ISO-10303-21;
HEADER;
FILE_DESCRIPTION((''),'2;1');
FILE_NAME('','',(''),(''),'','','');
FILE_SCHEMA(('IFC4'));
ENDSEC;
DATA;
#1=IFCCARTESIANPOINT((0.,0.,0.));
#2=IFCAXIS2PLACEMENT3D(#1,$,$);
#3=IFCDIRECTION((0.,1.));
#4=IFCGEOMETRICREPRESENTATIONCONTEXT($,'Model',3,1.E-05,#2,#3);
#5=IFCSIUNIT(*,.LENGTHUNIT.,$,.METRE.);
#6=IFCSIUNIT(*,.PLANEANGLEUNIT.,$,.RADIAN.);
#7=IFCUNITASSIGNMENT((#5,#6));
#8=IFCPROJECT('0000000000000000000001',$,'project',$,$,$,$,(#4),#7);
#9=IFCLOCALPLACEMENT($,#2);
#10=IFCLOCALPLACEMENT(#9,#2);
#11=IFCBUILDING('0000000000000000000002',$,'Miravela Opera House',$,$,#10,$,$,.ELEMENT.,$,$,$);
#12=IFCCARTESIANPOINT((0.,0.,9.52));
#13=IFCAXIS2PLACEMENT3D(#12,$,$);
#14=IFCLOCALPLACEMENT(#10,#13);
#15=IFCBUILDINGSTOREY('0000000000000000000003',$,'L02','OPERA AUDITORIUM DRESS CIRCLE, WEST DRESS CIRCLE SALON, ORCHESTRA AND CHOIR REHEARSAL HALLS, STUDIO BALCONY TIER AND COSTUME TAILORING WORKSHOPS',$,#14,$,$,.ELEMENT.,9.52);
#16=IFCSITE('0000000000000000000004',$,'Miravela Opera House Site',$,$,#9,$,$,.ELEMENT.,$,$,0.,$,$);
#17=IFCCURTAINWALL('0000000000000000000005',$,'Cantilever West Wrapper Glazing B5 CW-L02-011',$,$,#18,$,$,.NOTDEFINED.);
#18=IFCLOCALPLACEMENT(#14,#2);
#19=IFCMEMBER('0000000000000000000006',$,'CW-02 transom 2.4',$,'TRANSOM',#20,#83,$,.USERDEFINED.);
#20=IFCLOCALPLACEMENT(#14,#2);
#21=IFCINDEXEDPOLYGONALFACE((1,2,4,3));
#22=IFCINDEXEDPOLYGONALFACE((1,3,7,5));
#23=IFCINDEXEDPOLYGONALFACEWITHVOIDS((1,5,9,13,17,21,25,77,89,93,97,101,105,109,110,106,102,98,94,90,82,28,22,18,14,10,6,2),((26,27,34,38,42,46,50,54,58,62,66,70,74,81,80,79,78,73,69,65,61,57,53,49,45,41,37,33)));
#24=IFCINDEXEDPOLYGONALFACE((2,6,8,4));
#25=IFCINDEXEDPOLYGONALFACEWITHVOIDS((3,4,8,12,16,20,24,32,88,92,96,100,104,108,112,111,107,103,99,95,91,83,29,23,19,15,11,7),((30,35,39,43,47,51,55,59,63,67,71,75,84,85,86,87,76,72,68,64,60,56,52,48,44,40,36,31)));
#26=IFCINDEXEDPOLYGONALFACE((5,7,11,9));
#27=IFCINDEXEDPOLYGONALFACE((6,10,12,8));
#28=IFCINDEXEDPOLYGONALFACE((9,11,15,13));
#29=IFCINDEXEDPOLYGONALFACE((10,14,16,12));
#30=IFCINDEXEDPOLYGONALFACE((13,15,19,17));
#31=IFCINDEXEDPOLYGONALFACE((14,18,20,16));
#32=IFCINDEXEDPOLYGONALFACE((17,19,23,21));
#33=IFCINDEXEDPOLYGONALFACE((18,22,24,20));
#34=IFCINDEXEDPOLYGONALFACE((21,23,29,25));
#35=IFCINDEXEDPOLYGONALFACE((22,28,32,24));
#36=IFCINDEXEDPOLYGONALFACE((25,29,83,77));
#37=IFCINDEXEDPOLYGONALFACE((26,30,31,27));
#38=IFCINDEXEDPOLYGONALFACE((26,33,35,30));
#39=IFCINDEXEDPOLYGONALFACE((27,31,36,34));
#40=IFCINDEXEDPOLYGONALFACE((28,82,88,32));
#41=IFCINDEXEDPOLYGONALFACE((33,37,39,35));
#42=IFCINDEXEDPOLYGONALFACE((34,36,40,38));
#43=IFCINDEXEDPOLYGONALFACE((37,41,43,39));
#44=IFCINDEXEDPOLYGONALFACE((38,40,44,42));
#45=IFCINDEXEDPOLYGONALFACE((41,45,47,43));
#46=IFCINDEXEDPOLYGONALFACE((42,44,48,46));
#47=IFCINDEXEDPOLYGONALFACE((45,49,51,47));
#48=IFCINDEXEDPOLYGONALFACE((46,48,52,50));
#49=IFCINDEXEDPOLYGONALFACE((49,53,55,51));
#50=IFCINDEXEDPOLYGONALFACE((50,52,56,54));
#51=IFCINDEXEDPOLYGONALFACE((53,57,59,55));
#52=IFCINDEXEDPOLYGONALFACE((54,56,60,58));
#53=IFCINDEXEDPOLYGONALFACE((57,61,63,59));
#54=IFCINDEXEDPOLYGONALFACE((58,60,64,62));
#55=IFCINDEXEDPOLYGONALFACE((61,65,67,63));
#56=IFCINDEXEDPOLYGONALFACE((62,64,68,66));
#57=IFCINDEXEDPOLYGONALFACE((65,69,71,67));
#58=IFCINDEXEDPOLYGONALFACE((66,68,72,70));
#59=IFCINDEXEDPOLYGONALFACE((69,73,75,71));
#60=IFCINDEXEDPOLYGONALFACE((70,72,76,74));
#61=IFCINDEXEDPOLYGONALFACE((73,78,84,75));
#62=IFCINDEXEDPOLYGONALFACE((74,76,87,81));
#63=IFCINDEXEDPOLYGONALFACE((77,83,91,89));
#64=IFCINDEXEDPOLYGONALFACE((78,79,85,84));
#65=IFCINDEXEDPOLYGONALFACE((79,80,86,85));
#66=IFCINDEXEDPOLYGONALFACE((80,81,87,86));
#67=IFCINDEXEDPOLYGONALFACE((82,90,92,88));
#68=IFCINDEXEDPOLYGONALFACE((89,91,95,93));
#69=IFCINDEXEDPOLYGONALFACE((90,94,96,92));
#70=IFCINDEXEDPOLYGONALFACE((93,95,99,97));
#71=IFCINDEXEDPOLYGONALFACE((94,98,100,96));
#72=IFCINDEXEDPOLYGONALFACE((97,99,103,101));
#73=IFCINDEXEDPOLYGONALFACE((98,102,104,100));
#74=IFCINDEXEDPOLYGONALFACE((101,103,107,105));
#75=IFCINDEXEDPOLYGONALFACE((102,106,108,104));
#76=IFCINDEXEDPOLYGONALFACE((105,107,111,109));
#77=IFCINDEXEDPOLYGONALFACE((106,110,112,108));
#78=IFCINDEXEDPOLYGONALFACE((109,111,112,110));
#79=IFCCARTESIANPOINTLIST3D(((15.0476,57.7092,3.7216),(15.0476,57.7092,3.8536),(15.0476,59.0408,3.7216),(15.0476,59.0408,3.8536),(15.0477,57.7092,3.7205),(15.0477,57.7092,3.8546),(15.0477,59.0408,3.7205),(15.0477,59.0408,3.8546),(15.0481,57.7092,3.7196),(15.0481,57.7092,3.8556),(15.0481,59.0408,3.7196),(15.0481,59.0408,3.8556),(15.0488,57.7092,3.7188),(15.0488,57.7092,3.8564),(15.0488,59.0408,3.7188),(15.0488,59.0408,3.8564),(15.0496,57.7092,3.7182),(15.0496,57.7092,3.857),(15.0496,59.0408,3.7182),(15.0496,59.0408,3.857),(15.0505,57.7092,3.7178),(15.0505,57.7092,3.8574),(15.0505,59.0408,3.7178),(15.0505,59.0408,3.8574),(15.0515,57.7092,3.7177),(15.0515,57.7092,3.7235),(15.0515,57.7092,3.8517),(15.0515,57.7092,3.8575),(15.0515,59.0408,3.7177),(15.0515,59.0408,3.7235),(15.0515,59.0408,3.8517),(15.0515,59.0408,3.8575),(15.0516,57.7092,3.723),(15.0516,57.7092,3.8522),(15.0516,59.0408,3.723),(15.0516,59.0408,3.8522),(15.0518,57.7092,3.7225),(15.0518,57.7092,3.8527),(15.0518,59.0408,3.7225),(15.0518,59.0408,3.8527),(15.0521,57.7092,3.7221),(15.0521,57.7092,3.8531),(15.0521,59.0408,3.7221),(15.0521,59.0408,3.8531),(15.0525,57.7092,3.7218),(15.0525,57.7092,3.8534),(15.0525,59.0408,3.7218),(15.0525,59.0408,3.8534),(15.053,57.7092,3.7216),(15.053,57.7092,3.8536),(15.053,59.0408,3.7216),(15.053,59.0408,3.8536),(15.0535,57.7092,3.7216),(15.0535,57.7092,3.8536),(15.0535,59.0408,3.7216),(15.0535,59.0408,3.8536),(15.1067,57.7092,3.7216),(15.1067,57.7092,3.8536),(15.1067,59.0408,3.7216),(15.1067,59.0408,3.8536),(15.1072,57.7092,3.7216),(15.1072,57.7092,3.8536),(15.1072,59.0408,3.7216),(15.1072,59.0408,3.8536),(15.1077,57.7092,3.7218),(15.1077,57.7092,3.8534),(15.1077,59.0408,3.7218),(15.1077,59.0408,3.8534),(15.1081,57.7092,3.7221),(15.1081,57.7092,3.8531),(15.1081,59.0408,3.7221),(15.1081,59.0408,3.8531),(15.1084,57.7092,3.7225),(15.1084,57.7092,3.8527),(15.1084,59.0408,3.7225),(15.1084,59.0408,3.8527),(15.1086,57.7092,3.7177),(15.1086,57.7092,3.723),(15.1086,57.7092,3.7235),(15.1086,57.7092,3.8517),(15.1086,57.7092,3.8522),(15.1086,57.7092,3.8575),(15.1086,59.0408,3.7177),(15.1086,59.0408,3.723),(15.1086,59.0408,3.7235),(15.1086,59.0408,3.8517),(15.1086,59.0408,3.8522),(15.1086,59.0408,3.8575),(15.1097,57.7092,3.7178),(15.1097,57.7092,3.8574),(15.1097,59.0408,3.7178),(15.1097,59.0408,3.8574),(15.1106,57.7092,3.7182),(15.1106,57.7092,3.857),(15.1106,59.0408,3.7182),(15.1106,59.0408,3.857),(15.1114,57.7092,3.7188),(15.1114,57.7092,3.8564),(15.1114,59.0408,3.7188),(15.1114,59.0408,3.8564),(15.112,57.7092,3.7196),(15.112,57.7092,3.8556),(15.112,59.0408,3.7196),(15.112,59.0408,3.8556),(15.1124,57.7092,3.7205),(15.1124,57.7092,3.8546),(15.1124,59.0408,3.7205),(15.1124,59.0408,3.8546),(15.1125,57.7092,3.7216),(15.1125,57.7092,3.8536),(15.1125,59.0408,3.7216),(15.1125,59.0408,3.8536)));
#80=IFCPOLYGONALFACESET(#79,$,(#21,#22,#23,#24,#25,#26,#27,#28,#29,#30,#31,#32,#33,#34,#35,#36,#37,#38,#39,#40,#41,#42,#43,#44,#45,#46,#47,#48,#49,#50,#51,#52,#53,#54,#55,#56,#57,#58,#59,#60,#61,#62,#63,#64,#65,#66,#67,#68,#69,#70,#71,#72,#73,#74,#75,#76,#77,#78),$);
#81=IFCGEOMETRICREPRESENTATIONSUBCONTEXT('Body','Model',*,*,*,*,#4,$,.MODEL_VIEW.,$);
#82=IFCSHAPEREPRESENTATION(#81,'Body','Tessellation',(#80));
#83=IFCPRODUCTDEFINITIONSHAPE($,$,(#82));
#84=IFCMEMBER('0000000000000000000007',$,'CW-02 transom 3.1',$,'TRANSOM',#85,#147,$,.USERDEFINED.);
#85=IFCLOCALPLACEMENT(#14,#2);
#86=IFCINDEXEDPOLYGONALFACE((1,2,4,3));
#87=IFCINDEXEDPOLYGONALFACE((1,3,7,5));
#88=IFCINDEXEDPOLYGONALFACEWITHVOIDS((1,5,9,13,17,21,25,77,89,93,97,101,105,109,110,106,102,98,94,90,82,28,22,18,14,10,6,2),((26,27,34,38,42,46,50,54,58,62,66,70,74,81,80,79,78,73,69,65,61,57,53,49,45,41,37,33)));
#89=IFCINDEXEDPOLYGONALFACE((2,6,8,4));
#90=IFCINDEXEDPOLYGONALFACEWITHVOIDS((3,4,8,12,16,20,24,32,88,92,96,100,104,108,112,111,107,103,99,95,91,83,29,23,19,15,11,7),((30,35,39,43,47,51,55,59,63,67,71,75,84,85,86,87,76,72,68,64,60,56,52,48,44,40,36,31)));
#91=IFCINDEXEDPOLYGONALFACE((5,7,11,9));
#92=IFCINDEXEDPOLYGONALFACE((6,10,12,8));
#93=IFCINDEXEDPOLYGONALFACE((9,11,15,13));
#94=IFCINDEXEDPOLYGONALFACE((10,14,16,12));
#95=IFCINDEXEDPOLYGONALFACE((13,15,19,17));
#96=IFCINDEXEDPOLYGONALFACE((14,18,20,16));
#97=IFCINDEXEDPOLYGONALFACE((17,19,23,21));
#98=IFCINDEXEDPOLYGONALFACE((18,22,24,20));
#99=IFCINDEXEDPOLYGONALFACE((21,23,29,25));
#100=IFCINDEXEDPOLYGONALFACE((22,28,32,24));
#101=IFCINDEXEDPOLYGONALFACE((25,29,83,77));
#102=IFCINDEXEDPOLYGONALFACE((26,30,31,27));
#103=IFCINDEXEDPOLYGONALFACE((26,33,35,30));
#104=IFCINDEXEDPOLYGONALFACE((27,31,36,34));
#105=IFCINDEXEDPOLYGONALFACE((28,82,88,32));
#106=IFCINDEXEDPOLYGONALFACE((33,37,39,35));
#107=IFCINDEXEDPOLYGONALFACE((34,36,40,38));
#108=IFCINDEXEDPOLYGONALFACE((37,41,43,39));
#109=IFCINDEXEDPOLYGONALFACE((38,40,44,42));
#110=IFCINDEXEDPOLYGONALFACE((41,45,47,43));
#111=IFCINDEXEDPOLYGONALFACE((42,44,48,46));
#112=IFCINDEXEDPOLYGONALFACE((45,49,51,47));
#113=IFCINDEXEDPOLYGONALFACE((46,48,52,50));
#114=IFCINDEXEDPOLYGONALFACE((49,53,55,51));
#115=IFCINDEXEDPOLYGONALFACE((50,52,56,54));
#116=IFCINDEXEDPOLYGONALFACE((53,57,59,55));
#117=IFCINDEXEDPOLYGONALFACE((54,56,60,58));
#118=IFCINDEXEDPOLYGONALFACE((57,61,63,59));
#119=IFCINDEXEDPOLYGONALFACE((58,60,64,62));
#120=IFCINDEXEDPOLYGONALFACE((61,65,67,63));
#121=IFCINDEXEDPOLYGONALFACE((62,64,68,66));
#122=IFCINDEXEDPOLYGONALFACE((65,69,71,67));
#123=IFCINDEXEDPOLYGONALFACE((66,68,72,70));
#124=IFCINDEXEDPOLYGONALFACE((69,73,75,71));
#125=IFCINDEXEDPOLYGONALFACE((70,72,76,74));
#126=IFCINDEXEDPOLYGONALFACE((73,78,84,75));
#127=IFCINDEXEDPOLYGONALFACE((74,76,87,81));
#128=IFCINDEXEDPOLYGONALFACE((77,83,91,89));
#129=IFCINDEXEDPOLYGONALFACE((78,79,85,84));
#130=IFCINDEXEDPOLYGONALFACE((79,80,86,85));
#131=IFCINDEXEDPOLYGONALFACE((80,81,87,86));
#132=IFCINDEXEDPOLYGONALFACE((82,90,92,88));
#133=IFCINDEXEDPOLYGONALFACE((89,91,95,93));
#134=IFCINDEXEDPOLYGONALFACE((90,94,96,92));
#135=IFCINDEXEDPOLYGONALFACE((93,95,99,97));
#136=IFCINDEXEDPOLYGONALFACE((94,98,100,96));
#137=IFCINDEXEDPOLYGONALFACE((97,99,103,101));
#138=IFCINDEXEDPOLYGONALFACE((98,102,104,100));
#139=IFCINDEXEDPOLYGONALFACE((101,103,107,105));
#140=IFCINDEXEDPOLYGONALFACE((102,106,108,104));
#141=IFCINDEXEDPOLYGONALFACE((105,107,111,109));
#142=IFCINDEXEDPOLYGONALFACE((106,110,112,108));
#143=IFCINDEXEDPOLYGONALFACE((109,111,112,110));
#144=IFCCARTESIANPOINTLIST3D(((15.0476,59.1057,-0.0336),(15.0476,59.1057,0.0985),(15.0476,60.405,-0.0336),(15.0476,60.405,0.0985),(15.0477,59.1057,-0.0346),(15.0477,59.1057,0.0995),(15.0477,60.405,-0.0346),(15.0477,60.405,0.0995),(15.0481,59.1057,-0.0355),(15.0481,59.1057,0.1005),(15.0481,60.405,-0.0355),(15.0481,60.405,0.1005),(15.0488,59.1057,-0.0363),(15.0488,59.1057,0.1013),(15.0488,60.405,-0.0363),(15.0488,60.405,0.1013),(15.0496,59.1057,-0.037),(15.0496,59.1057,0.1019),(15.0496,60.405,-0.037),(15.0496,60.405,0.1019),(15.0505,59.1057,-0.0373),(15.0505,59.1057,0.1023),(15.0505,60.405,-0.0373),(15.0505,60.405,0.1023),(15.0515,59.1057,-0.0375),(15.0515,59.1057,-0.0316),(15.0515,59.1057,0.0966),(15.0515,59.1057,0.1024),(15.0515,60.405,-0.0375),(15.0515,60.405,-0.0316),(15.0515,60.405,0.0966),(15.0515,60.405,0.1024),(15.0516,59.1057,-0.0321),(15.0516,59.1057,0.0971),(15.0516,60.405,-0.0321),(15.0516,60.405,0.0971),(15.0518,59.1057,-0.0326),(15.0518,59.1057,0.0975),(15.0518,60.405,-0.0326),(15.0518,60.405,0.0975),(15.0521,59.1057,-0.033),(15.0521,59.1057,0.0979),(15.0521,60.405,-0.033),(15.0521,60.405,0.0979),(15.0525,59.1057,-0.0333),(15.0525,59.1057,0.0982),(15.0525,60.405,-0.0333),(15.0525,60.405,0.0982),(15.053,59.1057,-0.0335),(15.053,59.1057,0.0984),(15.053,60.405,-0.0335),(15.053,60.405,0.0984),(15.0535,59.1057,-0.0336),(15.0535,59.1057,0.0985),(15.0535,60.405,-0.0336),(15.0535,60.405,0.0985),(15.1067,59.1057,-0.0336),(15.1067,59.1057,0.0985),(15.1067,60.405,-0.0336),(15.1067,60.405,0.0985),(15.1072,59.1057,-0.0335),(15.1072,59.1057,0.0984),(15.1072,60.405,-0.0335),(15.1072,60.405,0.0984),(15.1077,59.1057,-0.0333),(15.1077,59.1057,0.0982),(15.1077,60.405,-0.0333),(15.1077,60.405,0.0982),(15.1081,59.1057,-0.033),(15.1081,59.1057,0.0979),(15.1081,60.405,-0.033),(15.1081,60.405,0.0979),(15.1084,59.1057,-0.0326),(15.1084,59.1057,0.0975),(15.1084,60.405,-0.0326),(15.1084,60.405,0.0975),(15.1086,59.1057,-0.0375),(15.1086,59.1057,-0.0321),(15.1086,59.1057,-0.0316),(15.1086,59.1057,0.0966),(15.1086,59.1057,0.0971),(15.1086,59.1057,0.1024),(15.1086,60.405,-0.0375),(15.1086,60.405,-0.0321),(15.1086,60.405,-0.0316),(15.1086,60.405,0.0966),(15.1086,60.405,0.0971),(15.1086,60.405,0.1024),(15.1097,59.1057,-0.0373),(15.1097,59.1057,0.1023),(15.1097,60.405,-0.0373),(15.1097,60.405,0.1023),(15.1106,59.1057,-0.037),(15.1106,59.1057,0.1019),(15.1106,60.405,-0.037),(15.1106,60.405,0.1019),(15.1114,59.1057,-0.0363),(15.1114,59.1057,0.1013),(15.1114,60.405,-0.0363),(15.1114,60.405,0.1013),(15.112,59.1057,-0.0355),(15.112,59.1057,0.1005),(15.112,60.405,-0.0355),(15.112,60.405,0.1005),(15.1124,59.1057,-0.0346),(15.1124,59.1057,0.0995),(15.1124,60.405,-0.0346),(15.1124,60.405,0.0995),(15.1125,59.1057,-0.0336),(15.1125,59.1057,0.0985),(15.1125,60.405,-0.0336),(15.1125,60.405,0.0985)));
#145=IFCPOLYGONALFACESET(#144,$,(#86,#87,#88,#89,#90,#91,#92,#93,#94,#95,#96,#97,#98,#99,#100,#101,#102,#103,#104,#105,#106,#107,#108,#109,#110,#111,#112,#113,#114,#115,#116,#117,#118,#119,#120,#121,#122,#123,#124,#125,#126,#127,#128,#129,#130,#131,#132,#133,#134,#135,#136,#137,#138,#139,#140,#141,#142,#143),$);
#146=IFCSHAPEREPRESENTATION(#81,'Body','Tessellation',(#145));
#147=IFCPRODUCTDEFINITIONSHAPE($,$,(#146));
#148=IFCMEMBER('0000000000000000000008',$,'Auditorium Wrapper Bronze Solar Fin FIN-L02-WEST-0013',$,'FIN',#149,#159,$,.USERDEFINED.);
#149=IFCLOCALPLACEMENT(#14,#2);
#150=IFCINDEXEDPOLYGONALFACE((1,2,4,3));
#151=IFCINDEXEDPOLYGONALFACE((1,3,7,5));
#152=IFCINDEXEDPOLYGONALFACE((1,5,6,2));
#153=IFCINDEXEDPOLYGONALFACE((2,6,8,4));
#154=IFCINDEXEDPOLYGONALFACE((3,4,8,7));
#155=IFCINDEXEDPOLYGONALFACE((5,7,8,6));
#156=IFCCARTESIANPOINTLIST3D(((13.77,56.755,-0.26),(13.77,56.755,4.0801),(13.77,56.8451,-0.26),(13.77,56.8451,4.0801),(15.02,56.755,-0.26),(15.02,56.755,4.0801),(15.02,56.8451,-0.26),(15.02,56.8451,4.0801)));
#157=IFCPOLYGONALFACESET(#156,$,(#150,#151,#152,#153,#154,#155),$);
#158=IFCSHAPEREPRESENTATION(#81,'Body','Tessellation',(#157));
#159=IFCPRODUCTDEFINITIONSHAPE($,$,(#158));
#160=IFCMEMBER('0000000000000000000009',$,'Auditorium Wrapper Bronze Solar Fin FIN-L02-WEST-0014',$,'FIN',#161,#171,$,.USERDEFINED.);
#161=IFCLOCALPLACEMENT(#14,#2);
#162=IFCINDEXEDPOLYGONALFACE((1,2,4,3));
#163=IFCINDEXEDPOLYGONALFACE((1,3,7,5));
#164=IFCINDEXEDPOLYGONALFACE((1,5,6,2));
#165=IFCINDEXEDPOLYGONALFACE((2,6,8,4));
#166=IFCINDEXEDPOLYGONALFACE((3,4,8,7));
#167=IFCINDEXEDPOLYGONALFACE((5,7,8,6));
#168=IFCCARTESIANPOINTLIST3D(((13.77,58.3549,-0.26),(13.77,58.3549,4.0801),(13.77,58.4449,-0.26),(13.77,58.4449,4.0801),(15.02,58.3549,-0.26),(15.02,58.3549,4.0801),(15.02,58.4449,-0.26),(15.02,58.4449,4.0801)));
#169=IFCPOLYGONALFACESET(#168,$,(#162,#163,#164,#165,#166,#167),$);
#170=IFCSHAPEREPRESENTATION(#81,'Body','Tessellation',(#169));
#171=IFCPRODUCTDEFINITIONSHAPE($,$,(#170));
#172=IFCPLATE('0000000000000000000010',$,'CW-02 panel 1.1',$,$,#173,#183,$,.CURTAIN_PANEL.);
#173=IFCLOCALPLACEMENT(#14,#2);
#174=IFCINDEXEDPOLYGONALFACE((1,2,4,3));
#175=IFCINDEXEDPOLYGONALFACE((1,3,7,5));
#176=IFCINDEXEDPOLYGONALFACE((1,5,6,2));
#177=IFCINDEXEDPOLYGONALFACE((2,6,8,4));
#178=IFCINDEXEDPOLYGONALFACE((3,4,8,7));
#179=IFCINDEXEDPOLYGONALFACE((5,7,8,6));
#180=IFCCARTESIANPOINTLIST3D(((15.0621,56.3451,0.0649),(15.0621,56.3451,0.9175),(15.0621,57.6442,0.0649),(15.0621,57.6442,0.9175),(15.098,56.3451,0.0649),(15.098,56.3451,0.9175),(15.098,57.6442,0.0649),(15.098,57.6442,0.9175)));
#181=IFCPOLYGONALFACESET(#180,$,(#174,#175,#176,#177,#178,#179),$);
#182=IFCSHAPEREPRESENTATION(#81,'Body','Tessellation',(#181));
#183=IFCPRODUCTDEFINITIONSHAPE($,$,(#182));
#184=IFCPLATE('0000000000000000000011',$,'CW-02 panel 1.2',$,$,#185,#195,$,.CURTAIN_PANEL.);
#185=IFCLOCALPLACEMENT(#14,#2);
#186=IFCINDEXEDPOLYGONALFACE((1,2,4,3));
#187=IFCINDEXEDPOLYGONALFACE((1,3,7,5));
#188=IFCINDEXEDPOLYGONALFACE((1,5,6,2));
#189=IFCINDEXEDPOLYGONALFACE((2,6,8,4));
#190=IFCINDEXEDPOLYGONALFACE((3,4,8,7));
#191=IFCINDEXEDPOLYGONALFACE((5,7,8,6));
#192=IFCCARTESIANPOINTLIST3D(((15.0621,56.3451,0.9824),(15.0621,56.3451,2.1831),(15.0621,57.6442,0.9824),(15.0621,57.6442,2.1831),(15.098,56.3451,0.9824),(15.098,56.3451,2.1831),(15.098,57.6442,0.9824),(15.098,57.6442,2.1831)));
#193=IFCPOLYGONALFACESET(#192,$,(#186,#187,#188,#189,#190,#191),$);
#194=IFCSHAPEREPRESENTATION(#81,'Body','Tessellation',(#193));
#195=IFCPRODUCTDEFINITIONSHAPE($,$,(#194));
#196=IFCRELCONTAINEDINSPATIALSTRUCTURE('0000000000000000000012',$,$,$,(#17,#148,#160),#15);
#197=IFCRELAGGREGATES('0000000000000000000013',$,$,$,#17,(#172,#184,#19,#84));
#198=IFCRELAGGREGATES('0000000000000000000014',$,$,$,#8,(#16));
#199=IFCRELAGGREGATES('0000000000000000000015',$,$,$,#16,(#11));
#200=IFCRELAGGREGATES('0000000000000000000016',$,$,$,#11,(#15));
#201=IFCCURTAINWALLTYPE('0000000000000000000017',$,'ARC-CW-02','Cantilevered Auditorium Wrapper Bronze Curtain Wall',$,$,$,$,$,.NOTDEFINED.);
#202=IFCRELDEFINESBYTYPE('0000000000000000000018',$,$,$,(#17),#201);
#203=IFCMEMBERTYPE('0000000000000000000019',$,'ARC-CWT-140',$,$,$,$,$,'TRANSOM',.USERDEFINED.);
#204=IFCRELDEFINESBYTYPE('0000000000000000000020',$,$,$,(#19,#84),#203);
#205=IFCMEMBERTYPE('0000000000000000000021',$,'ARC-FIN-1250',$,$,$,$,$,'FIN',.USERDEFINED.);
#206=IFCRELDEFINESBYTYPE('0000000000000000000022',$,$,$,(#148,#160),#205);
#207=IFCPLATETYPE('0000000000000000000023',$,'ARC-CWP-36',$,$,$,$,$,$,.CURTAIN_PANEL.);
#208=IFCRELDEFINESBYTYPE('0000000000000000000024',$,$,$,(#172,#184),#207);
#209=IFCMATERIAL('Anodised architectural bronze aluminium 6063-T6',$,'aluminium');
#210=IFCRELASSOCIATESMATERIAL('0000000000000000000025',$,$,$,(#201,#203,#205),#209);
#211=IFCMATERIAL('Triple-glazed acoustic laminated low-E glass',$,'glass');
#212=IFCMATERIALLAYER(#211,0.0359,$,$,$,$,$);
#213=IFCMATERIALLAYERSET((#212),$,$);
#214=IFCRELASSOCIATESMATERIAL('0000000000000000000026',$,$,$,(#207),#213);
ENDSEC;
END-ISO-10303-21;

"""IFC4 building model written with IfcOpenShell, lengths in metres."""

from ifc_helpers import new_model, si_unit, direction, frame, origin, origin_2d, place, context, subcontext, project, spatial, rectangle, hollow_rectangle, extrude, material, layer, layer_set, material_profile, profile_set, type_object, element, aggregate, save


model = new_model("IFC4")

# Units and contexts
model_context = context("Model", 3, precision=1e-05, world=origin(), true_north=direction((0.0, 1.0)))
body_context = subcontext(model_context, "Body", "Model", "MODEL_VIEW")
ifc_project = project(units=[si_unit("LENGTHUNIT", "METRE"), si_unit("PLANEANGLEUNIT", "RADIAN")], contexts=[model_context])

# Site, building, storey
site_placement = place(None, origin())
site = spatial("IfcSite", under=ifc_project, at=site_placement, Name="Miravela Opera House Site", CompositionType="ELEMENT", RefElevation=0.0)
building_placement = place(site_placement, origin())
building = spatial("IfcBuilding", under=site, at=building_placement, Name="Miravela Opera House", CompositionType="ELEMENT")
storey_placement = place(building_placement, frame((0.0, 0.0, 9.52)))
storey = spatial("IfcBuildingStorey", under=building, at=storey_placement, Name="L02", Description="OPERA AUDITORIUM DRESS CIRCLE, WEST DRESS CIRCLE SALON, ORCHESTRA AND CHOIR REHEARSAL HALLS, STUDIO BALCONY TIER AND COSTUME TAILORING WORKSHOPS", CompositionType="ELEMENT", Elevation=9.52)

# Curtain wall, members
ifc_material_1 = material(Name="Anodised architectural bronze aluminium 6063-T6", Category="aluminium")
curtain_wall_type = type_object("IfcCurtainWallType", Name="ARC-CW-02", Description="Cantilevered Auditorium Wrapper Bronze Curtain Wall", PredefinedType="NOTDEFINED", material=ifc_material_1)
curtain_wall_placement = place(storey_placement, origin())
curtain_wall = element("IfcCurtainWall", 1, at=curtain_wall_placement, inside=storey, type_object=curtain_wall_type, Name="Cantilever West Wrapper Glazing B5 CW-L02-011", PredefinedType="NOTDEFINED")
ifc_material_profile_1 = material_profile(ifc_material_1, hollow_rectangle(XDim=0.0649, YDim=0.1399, WallThickness=0.0039, InnerFilletRadius=0.002, OuterFilletRadius=0.0039, at=origin_2d()), Name="CWT-65X140")
ifc_profile_set_1 = profile_set([ifc_material_profile_1])
member_type_1 = type_object("IfcMemberType", Name="ARC-CWT-140", ElementType="TRANSOM", PredefinedType="USERDEFINED", material=ifc_profile_set_1)
member_1_placement = place(storey_placement, frame((15.0801, 57.7092, 3.7876), z_axis=(0.0, 1.0, 0.0), x_axis=(-1.0, 0.0, 0.0)))
member_1 = element("IfcMember", 2, at=member_1_placement, type_object=member_type_1, Name="CW-02 transom 2.4", ObjectType="TRANSOM", PredefinedType="USERDEFINED", context=body_context, shape_type="SweptSolid", body=[
    extrude(hollow_rectangle(XDim=0.0649, YDim=0.1399, WallThickness=0.0039, InnerFilletRadius=0.002, OuterFilletRadius=0.0039, at=origin_2d()), origin(), (0.0, 0.0, 1.0), 1.3315),
])
member_2_placement = place(storey_placement, frame((15.0801, 59.1057, 0.0325), z_axis=(0.0, 1.0, 0.0), x_axis=(-1.0, 0.0, 0.0)))
member_2 = element("IfcMember", 3, at=member_2_placement, type_object=member_type_1, Name="CW-02 transom 3.1", ObjectType="TRANSOM", PredefinedType="USERDEFINED", context=body_context, shape_type="SweptSolid", body=[
    extrude(hollow_rectangle(XDim=0.0649, YDim=0.1399, WallThickness=0.0039, InnerFilletRadius=0.002, OuterFilletRadius=0.0039, at=origin_2d()), origin(), (0.0, 0.0, 1.0), 1.2993),
])

# Members
ifc_material_profile_2 = material_profile(ifc_material_1, rectangle(XDim=0.0901, YDim=1.25, at=origin_2d()), Name="FIN-1250X90")
ifc_profile_set_2 = profile_set([ifc_material_profile_2])
member_type_2 = type_object("IfcMemberType", Name="ARC-FIN-1250", ElementType="FIN", PredefinedType="USERDEFINED", material=ifc_profile_set_2)
for number, where, z_axis, x_axis, name in (
    (4, (14.395, 56.8, -0.26), (0.0, 0.0, 1.0), (0.0, 1.0, 0.0), "Auditorium Wrapper Bronze Solar Fin FIN-L02-WEST-0013"),
    (5, (14.395, 58.3999, -0.26), (0.0, 0.0, 1.0), (0.0, 1.0, 0.0), "Auditorium Wrapper Bronze Solar Fin FIN-L02-WEST-0014"),
):
    element("IfcMember", number, at=place(storey_placement, frame(where, z_axis=z_axis, x_axis=x_axis)), inside=storey, type_object=member_type_2, Name=name, ObjectType="FIN", PredefinedType="USERDEFINED", context=body_context, shape_type="SweptSolid", body=[
        extrude(rectangle(XDim=0.0901, YDim=1.25, at=origin_2d()), origin(), (0.0, 0.0, 1.0), 4.3401),
    ])

# Plates
ifc_material_2 = material(Name="Triple-glazed acoustic laminated low-E glass", Category="glass")
ifc_layer = layer(ifc_material_2, 0.0359)
ifc_layer_set = layer_set([ifc_layer])
plate_type = type_object("IfcPlateType", Name="ARC-CWP-36", PredefinedType="CURTAIN_PANEL", material=ifc_layer_set)
plate_1_placement = place(storey_placement, frame((15.0801, 56.9946, 0.0649), z_axis=(0.0, 0.0, 1.0), x_axis=(0.0, 1.0, 0.0)))
plate_1 = element("IfcPlate", 6, at=plate_1_placement, type_object=plate_type, Name="CW-02 panel 1.1", PredefinedType="CURTAIN_PANEL", context=body_context, shape_type="SweptSolid", body=[
    extrude(rectangle(XDim=1.2991, YDim=0.0359, at=origin_2d()), origin(), (0.0, 0.0, 1.0), 0.8525),
])
plate_2_placement = place(storey_placement, frame((15.0801, 56.9946, 0.9824), z_axis=(0.0, 0.0, 1.0), x_axis=(0.0, 1.0, 0.0)))
plate_2 = element("IfcPlate", 7, at=plate_2_placement, type_object=plate_type, Name="CW-02 panel 1.2", PredefinedType="CURTAIN_PANEL", context=body_context, shape_type="SweptSolid", body=[
    extrude(rectangle(XDim=1.2991, YDim=0.0359, at=origin_2d()), origin(), (0.0, 0.0, 1.0), 1.2007),
])
aggregate(curtain_wall, [plate_1, plate_2, member_1, member_2])

save(model, "model.ifc")
